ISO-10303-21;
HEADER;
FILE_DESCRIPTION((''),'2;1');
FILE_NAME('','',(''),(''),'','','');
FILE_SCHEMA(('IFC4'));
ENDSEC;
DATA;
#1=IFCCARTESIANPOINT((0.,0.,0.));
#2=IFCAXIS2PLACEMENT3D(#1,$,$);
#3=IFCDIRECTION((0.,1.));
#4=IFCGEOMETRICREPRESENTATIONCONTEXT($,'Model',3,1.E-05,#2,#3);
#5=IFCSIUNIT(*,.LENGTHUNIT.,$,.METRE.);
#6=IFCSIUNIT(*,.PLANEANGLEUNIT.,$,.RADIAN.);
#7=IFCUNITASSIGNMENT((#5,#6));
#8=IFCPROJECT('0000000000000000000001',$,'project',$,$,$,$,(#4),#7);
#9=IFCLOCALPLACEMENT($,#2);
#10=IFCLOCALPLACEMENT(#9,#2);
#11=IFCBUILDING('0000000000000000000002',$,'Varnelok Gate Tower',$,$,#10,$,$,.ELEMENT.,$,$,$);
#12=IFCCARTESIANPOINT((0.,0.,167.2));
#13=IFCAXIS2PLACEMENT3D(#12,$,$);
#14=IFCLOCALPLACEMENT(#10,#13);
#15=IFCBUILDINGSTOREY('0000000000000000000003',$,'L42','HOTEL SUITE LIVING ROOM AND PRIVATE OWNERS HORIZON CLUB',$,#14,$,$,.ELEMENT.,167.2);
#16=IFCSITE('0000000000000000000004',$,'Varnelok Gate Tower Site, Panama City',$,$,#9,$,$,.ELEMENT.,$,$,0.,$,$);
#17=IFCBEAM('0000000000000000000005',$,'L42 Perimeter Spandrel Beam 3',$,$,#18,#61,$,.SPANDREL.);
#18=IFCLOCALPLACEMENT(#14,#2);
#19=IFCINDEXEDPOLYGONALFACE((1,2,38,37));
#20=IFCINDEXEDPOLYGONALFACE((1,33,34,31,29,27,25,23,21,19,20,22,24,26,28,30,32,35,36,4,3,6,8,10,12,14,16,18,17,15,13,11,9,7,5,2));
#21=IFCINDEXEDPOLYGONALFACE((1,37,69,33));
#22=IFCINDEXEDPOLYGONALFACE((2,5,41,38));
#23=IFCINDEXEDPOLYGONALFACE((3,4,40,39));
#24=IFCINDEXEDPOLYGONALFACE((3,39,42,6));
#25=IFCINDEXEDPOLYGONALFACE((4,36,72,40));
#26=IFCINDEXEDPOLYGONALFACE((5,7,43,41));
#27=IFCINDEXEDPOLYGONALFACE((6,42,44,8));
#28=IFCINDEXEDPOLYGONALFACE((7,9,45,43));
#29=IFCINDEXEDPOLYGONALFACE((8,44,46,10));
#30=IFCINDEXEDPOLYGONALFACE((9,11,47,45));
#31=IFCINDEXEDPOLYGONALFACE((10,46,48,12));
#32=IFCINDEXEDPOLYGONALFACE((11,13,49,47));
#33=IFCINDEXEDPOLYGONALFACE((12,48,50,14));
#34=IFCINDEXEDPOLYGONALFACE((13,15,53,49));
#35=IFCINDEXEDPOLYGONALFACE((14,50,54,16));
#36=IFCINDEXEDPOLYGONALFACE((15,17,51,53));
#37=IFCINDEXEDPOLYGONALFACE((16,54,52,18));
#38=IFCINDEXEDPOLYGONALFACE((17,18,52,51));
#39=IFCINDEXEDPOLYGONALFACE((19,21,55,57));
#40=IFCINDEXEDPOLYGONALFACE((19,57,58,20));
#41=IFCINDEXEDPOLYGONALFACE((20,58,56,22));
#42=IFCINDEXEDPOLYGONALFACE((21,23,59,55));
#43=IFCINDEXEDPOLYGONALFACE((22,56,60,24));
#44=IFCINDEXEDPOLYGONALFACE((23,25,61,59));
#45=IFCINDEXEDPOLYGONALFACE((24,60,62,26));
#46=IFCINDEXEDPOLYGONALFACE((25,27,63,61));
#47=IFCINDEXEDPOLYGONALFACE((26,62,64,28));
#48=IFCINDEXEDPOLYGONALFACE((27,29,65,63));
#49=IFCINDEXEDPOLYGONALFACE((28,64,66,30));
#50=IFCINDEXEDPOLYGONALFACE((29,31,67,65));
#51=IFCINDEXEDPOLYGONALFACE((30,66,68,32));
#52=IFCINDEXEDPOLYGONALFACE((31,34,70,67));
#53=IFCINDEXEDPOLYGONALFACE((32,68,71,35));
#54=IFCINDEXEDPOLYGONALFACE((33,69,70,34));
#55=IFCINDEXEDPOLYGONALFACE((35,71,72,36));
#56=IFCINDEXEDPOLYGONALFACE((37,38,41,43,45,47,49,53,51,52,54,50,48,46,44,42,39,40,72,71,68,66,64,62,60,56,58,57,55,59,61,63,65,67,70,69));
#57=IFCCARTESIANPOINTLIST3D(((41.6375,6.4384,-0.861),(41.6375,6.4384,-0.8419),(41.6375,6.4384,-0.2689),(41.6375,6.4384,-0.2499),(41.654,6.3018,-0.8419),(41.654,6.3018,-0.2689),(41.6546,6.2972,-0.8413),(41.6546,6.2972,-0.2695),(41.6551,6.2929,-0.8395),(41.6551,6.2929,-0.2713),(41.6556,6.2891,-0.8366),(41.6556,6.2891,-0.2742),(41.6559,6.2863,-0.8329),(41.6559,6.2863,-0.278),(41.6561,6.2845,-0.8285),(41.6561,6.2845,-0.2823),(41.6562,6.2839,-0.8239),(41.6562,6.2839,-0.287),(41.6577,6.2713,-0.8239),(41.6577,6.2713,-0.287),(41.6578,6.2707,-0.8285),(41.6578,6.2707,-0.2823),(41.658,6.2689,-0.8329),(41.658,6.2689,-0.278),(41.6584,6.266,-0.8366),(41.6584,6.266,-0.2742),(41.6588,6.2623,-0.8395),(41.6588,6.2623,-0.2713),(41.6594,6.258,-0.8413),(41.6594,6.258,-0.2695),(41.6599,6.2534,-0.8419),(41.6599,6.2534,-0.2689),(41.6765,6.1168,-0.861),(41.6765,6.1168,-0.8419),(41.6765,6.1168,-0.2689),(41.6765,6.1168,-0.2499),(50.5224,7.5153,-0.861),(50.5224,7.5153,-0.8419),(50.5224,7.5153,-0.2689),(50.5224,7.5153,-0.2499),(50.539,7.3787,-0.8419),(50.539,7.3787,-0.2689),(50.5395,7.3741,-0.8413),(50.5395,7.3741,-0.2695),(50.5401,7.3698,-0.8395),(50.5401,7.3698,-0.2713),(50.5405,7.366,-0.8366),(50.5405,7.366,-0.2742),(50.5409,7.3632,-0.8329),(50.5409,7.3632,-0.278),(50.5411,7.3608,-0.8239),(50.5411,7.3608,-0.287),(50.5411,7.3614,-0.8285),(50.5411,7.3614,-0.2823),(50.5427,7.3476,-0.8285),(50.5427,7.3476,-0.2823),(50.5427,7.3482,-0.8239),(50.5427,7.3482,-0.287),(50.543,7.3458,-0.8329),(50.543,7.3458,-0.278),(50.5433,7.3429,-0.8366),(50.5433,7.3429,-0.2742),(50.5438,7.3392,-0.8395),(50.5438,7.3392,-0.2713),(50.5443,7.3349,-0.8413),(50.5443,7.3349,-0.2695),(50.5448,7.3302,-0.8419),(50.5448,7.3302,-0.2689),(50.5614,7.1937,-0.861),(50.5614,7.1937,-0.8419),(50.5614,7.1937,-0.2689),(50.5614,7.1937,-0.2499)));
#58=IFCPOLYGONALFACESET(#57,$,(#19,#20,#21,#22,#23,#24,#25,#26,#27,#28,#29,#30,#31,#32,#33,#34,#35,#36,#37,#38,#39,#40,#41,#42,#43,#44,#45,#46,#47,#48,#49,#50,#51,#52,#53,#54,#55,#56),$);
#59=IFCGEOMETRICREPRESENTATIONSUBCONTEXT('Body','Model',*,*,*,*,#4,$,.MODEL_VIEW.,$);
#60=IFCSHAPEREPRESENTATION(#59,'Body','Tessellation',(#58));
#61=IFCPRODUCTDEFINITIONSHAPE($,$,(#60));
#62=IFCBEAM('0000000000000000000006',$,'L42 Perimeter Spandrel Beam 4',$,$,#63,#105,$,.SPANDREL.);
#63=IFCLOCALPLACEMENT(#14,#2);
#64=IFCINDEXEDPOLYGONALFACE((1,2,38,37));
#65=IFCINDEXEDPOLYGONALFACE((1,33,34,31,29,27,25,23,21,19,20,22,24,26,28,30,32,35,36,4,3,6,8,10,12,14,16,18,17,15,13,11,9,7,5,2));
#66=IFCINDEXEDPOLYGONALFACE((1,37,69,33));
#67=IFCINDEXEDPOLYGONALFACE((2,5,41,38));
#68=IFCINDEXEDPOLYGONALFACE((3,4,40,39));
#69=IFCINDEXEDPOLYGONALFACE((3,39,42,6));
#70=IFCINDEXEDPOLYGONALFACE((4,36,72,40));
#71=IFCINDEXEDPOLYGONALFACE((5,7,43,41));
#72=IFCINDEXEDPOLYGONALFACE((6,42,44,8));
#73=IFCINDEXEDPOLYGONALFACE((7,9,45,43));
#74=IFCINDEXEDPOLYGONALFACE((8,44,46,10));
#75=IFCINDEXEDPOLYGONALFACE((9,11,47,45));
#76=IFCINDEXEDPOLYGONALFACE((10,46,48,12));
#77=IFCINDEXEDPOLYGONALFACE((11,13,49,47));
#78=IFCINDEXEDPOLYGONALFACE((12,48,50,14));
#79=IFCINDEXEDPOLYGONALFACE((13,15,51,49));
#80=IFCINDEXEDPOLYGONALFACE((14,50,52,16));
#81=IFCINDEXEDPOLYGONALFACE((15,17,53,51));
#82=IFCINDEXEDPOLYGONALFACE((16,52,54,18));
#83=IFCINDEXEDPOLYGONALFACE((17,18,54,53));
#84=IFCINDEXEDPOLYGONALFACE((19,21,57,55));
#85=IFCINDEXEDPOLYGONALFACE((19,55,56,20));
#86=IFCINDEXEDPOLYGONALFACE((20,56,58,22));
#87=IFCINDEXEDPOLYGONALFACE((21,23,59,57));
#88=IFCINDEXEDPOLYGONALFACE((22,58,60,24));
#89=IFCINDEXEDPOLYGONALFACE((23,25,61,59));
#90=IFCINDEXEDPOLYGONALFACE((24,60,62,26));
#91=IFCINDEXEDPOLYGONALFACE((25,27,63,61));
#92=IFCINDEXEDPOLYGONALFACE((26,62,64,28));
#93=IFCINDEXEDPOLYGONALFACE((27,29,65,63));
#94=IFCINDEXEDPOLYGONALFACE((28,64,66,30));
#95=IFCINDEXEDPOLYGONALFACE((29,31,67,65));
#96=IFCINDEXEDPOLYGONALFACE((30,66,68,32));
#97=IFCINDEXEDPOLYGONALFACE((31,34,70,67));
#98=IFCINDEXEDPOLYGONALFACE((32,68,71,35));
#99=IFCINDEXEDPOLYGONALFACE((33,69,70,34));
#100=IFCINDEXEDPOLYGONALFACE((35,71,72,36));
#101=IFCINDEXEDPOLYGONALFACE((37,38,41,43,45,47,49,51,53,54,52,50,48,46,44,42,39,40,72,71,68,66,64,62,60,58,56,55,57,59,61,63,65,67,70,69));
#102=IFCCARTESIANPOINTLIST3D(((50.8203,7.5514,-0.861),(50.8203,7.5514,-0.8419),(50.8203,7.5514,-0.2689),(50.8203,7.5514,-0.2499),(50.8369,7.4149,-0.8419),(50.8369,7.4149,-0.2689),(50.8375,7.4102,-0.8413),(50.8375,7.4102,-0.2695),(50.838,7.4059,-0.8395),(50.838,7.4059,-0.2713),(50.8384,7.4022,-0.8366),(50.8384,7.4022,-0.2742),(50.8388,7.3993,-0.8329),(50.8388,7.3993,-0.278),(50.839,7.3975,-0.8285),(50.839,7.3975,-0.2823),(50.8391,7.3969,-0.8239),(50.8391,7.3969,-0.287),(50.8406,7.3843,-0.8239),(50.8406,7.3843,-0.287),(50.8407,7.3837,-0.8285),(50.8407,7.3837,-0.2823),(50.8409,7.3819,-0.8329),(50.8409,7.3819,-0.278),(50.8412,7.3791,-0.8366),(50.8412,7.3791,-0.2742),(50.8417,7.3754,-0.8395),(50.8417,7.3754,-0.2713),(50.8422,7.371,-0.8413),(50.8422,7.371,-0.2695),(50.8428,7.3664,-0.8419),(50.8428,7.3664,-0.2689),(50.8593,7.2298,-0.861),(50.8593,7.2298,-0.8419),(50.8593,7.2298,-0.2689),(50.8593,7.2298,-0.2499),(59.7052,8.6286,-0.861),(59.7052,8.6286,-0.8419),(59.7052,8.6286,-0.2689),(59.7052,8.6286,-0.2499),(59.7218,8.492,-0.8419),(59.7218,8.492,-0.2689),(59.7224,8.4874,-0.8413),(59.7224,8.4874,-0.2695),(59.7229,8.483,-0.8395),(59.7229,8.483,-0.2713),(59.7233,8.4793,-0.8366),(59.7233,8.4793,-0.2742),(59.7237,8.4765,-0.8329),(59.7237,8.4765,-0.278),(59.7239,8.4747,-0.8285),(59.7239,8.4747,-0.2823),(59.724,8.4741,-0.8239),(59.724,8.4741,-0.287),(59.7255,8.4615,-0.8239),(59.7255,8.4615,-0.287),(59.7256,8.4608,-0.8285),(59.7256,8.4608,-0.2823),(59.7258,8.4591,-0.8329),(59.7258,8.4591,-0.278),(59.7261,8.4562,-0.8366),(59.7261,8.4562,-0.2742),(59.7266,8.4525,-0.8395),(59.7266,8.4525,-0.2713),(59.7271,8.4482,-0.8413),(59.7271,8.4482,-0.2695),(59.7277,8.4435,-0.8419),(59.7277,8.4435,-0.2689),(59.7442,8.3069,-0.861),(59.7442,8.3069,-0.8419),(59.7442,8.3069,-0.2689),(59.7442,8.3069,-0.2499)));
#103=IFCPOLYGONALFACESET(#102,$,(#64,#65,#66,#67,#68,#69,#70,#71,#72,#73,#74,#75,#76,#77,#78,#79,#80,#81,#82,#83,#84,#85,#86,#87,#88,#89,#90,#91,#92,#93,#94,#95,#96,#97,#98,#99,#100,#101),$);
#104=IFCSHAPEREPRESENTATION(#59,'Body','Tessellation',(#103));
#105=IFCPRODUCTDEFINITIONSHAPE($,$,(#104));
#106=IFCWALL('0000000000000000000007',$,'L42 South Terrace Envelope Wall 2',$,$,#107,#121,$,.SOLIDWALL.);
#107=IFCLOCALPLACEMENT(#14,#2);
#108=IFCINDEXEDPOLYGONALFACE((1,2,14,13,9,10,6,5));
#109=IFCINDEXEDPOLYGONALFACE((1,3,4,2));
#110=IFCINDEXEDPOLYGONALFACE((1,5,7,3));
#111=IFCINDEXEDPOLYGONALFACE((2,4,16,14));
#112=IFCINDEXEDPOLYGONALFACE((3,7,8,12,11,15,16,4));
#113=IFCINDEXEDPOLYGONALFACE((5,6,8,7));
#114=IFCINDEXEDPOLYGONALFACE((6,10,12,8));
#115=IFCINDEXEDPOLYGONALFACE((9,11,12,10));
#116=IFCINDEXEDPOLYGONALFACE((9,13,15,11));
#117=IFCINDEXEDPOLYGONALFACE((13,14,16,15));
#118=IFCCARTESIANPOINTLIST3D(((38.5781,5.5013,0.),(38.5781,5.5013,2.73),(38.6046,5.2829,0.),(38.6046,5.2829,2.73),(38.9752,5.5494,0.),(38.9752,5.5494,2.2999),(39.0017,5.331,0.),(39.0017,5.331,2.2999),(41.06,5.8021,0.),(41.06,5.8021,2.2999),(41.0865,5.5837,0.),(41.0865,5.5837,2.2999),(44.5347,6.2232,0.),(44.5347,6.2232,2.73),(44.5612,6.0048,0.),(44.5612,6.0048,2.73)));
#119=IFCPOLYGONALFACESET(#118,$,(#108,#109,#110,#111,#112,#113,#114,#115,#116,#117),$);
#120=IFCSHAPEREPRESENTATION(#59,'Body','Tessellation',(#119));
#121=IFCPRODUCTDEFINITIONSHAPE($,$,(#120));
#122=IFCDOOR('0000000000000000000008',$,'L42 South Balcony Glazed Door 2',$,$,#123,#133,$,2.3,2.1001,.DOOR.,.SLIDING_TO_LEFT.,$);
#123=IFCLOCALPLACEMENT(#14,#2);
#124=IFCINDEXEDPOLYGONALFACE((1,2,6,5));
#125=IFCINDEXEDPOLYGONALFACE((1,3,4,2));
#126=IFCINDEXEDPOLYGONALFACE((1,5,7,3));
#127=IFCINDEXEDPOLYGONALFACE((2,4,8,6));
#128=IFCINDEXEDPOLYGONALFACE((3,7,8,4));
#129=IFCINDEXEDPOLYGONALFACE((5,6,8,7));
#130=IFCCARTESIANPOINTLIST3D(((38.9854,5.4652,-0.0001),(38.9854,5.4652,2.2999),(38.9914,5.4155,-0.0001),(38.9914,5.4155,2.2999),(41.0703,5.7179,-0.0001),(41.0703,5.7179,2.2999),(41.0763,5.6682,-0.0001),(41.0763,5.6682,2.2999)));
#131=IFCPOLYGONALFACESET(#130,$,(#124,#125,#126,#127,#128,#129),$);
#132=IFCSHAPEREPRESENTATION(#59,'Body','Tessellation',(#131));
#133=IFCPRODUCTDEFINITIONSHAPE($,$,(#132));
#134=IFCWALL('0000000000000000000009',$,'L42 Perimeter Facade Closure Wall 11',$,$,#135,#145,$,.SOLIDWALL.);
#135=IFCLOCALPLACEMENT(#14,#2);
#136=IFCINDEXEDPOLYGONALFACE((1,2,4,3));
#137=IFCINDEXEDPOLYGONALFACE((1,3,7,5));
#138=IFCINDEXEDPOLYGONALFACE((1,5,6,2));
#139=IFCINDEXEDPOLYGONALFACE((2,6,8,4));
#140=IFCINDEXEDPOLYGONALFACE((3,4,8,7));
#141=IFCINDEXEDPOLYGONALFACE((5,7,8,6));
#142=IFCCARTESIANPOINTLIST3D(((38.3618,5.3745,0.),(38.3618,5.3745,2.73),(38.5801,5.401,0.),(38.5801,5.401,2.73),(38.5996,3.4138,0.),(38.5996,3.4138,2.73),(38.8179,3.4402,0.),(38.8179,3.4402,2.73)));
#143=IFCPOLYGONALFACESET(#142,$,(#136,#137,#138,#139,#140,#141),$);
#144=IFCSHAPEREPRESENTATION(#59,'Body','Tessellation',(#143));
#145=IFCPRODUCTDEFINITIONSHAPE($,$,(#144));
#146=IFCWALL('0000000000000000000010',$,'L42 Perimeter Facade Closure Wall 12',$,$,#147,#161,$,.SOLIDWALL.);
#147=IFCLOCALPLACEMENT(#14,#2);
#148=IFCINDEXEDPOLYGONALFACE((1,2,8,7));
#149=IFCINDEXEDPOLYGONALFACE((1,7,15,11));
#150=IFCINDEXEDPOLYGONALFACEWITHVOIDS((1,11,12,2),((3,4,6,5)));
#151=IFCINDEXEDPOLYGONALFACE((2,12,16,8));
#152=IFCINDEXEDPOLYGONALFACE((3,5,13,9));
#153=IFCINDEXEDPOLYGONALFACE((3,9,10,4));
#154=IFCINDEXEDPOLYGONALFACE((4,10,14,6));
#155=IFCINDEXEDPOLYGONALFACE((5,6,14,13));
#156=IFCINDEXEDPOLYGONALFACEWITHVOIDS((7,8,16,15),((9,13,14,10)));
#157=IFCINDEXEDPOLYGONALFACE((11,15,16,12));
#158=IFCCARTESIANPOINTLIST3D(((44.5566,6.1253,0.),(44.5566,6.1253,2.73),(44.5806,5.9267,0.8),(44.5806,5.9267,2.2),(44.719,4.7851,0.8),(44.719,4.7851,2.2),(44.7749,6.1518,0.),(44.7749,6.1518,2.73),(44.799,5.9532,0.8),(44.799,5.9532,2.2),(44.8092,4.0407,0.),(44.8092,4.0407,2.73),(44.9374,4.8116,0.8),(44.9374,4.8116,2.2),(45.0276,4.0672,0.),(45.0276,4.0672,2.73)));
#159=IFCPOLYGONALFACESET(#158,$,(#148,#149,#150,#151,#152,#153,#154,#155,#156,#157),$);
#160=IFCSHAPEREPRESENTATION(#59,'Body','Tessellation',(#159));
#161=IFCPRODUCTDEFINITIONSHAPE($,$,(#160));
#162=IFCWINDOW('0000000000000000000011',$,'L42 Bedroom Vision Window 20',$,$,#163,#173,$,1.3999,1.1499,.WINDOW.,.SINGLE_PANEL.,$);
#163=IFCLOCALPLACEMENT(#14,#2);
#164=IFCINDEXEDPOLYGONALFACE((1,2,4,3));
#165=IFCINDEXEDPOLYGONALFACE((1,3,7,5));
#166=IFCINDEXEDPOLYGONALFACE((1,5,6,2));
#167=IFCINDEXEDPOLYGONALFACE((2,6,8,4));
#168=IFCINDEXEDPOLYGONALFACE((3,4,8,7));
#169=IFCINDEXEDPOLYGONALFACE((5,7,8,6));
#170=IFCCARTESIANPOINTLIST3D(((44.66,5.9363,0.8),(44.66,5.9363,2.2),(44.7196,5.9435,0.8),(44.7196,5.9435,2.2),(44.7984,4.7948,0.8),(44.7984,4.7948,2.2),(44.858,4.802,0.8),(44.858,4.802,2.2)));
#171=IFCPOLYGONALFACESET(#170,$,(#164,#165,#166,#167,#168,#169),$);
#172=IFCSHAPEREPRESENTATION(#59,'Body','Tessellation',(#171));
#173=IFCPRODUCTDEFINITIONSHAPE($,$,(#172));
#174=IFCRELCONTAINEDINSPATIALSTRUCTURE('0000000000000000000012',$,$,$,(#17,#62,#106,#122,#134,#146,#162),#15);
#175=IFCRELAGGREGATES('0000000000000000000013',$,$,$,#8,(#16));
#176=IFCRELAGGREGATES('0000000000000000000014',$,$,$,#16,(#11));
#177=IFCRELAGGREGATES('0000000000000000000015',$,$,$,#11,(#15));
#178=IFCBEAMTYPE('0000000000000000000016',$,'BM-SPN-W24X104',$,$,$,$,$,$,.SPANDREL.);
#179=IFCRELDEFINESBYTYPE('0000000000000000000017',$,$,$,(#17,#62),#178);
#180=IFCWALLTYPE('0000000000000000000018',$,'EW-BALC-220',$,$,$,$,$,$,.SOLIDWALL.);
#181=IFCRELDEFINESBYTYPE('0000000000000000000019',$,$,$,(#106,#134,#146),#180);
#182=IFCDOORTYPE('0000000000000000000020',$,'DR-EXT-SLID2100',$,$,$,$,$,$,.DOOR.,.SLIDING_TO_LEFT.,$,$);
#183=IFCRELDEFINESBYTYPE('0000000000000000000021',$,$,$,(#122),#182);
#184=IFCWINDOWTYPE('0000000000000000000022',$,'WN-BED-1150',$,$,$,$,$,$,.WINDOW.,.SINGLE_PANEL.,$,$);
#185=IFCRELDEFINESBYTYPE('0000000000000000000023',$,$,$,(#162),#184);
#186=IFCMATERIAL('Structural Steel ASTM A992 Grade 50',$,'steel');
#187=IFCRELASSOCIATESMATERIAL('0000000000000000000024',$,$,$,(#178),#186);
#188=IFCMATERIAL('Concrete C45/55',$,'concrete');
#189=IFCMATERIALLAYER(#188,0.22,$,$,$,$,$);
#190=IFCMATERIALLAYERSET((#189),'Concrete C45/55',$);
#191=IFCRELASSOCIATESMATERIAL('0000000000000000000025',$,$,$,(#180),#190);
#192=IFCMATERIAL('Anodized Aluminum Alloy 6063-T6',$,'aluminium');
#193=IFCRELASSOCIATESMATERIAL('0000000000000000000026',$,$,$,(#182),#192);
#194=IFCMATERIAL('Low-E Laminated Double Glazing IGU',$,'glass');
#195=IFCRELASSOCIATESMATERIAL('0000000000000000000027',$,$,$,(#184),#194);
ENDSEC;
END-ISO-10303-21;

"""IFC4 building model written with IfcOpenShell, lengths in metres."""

from ifc_helpers import new_model, si_unit, direction, frame, frame_2d, origin, origin_2d, place, context, subcontext, project, spatial, rectangle, i_section, extrude, material, layer, layer_set, material_profile, profile_set, type_object, element, fill, save


model = new_model("IFC4")

# Units and contexts
model_context = context("Model", 3, precision=1e-05, world=origin(), true_north=direction((0.0, 1.0)))
body_context = subcontext(model_context, "Body", "Model", "MODEL_VIEW")
ifc_project = project(units=[si_unit("LENGTHUNIT", "METRE"), si_unit("PLANEANGLEUNIT", "RADIAN")], contexts=[model_context])

# Site, building, storey
site_placement = place(None, origin())
site = spatial("IfcSite", under=ifc_project, at=site_placement, Name="Varnelok Gate Tower Site, Panama City", CompositionType="ELEMENT", RefElevation=0.0)
building_placement = place(site_placement, origin())
building = spatial("IfcBuilding", under=site, at=building_placement, Name="Varnelok Gate Tower", CompositionType="ELEMENT")
storey_placement = place(building_placement, frame((0.0, 0.0, 167.2)))
storey = spatial("IfcBuildingStorey", under=building, at=storey_placement, Name="L42", Description="HOTEL SUITE LIVING ROOM AND PRIVATE OWNERS HORIZON CLUB", CompositionType="ELEMENT", Elevation=167.2)

# Shared definitions
ifc_material_1 = material(Name="Structural Steel ASTM A992 Grade 50", Category="steel")

# Beams
ifc_material_profile_1 = material_profile(ifc_material_1, i_section(OverallWidth=0.324, OverallDepth=0.6111, WebThickness=0.0127, FlangeThickness=0.019, FilletRadius=0.0181, at=origin_2d()), Name="W24X104")
ifc_profile_set_1 = profile_set([ifc_material_profile_1], Name="Structural Steel ASTM A992 Grade 50")
beam_type_1 = type_object("IfcBeamType", Name="BM-SPN-W24X104", PredefinedType="SPANDREL", material=ifc_profile_set_1)
for number, where, z_axis, x_axis, name in (
    (1, (41.657, 6.2776, -0.5554), (0.992735, 0.120324, 0.0), (-0.120324, 0.992735, 0.0), "L42 Perimeter Spandrel Beam 3"),
    (2, (50.8398, 7.3906, -0.5554), (0.992731, 0.120351, 0.0), (-0.120351, 0.992731, 0.0), "L42 Perimeter Spandrel Beam 4"),
):
    element("IfcBeam", number, at=place(storey_placement, frame(where, z_axis=z_axis, x_axis=x_axis)), inside=storey, type_object=beam_type_1, Name=name, PredefinedType="SPANDREL", context=body_context, shape_type="SweptSolid", body=[
        extrude(i_section(OverallWidth=0.324, OverallDepth=0.6111, WebThickness=0.0127, FlangeThickness=0.019, FilletRadius=0.0181, at=origin_2d()), origin(), (0.0, 0.0, 1.0), 8.95),
    ])

# Wall, opening, door
ifc_material_2 = material(Name="Concrete C45/55", Category="concrete")
ifc_layer_1 = layer(ifc_material_2, 0.22)
ifc_layer_set_1 = layer_set([ifc_layer_1], Name="Concrete C45/55")
wall_type_1 = type_object("IfcWallType", Name="EW-BALC-220", PredefinedType="SOLIDWALL", material=ifc_layer_set_1)
wall_1_placement = place(storey_placement, frame((44.5479, 6.114, 0.0), z_axis=(0.0, 0.0, 1.0), x_axis=(-0.992735, -0.120318, 0.0)))
wall_1 = element("IfcWall", 3, at=wall_1_placement, inside=storey, type_object=wall_type_1, Name="L42 South Terrace Envelope Wall 2", PredefinedType="SOLIDWALL", context=body_context, shape_type="SweptSolid", body=[
    extrude(rectangle(XDim=6.0002, YDim=0.22, at=frame_2d((3.0, 0.0))), origin(), (0.0, 0.0, 1.0), 2.73),
])
opening_1_placement = place(wall_1_placement, frame((3.5, 0.0, 0.0)))
opening_1 = element("IfcOpeningElement", 4, at=opening_1_placement, cuts=wall_1, PredefinedType="OPENING", context=body_context, shape_type="SweptSolid", body=[
    extrude(rectangle(XDim=2.1001, YDim=2.3, at=frame_2d((1.05, 1.1499))), frame((0.0, 0.1199, 0.0), z_axis=(0.0, -1.0, 0.0), x_axis=(1.0, 0.0, 0.0)), (0.0, 0.0, 1.0), 0.24),
])
ifc_material_3 = material(Name="Anodized Aluminum Alloy 6063-T6", Category="aluminium")
door_type_1 = type_object("IfcDoorType", Name="DR-EXT-SLID2100", OperationType="SLIDING_TO_LEFT", PredefinedType="DOOR", material=ifc_material_3)
door_1_placement = place(opening_1_placement, origin())
door_1 = element("IfcDoor", 5, at=door_1_placement, inside=storey, type_object=door_type_1, Name="L42 South Balcony Glazed Door 2", OperationType="SLIDING_TO_LEFT", OverallHeight=2.3, OverallWidth=2.1001, PredefinedType="DOOR", context=body_context, shape_type="SweptSolid", body=[
    extrude(rectangle(XDim=2.1001, YDim=2.3, at=frame_2d((1.05, 1.1499))), frame((0.0, 0.0249, 0.0), z_axis=(0.0, -1.0, 0.0), x_axis=(1.0, 0.0, 0.0)), (0.0, 0.0, 1.0), 0.05),
])
fill(opening_1, door_1)

# Wall
wall_2_placement = place(storey_placement, frame((38.7087, 3.427, 0.0), z_axis=(0.0, 0.0, 1.0), x_axis=(-0.120398, 0.992726, 0.0)))
element("IfcWall", 6, at=wall_2_placement, inside=storey, type_object=wall_type_1, Name="L42 Perimeter Facade Closure Wall 11", PredefinedType="SOLIDWALL", context=body_context, shape_type="SweptSolid", body=[
    extrude(rectangle(XDim=1.9751, YDim=0.22, at=frame_2d((0.9875, 0.0))), origin(), (0.0, 0.0, 1.0), 2.73),
])

# Wall, opening, window
wall_3_placement = place(storey_placement, frame((44.6658, 6.1384, 0.0), z_axis=(0.0, 0.0, 1.0), x_axis=(0.120328, -0.992734, 0.0)))
wall_3 = element("IfcWall", 7, at=wall_3_placement, inside=storey, type_object=wall_type_1, Name="L42 Perimeter Facade Closure Wall 12", PredefinedType="SOLIDWALL", context=body_context, shape_type="SweptSolid", body=[
    extrude(rectangle(XDim=2.0999, YDim=0.22, at=frame_2d((1.0498, 0.0))), origin(), (0.0, 0.0, 1.0), 2.73),
])
opening_2_placement = place(wall_3_placement, frame((0.2, 0.0, 0.8)))
opening_2 = element("IfcOpeningElement", 8, at=opening_2_placement, cuts=wall_3, PredefinedType="OPENING", context=body_context, shape_type="SweptSolid", body=[
    extrude(rectangle(XDim=1.1499, YDim=1.3999, at=frame_2d((0.575, 0.7))), frame((0.0, 0.1199, 0.0), z_axis=(0.0, -1.0, 0.0), x_axis=(1.0, 0.0, 0.0)), (0.0, 0.0, 1.0), 0.24),
])
ifc_material_4 = material(Name="Low-E Laminated Double Glazing IGU", Category="glass")
window_type_1 = type_object("IfcWindowType", Name="WN-BED-1150", PartitioningType="SINGLE_PANEL", PredefinedType="WINDOW", material=ifc_material_4)
window_1_placement = place(opening_2_placement, origin())
window_1 = element("IfcWindow", 9, at=window_1_placement, inside=storey, type_object=window_type_1, Name="L42 Bedroom Vision Window 20", OverallHeight=1.3999, OverallWidth=1.1499, PartitioningType="SINGLE_PANEL", PredefinedType="WINDOW", context=body_context, shape_type="SweptSolid", body=[
    extrude(rectangle(XDim=1.1499, YDim=1.3999, at=frame_2d((0.575, 0.7))), frame((0.0, 0.03, 0.0), z_axis=(0.0, -1.0, 0.0), x_axis=(1.0, 0.0, 0.0)), (0.0, 0.0, 1.0), 0.0601),
])
fill(opening_2, window_1)

save(model, "model.ifc")
